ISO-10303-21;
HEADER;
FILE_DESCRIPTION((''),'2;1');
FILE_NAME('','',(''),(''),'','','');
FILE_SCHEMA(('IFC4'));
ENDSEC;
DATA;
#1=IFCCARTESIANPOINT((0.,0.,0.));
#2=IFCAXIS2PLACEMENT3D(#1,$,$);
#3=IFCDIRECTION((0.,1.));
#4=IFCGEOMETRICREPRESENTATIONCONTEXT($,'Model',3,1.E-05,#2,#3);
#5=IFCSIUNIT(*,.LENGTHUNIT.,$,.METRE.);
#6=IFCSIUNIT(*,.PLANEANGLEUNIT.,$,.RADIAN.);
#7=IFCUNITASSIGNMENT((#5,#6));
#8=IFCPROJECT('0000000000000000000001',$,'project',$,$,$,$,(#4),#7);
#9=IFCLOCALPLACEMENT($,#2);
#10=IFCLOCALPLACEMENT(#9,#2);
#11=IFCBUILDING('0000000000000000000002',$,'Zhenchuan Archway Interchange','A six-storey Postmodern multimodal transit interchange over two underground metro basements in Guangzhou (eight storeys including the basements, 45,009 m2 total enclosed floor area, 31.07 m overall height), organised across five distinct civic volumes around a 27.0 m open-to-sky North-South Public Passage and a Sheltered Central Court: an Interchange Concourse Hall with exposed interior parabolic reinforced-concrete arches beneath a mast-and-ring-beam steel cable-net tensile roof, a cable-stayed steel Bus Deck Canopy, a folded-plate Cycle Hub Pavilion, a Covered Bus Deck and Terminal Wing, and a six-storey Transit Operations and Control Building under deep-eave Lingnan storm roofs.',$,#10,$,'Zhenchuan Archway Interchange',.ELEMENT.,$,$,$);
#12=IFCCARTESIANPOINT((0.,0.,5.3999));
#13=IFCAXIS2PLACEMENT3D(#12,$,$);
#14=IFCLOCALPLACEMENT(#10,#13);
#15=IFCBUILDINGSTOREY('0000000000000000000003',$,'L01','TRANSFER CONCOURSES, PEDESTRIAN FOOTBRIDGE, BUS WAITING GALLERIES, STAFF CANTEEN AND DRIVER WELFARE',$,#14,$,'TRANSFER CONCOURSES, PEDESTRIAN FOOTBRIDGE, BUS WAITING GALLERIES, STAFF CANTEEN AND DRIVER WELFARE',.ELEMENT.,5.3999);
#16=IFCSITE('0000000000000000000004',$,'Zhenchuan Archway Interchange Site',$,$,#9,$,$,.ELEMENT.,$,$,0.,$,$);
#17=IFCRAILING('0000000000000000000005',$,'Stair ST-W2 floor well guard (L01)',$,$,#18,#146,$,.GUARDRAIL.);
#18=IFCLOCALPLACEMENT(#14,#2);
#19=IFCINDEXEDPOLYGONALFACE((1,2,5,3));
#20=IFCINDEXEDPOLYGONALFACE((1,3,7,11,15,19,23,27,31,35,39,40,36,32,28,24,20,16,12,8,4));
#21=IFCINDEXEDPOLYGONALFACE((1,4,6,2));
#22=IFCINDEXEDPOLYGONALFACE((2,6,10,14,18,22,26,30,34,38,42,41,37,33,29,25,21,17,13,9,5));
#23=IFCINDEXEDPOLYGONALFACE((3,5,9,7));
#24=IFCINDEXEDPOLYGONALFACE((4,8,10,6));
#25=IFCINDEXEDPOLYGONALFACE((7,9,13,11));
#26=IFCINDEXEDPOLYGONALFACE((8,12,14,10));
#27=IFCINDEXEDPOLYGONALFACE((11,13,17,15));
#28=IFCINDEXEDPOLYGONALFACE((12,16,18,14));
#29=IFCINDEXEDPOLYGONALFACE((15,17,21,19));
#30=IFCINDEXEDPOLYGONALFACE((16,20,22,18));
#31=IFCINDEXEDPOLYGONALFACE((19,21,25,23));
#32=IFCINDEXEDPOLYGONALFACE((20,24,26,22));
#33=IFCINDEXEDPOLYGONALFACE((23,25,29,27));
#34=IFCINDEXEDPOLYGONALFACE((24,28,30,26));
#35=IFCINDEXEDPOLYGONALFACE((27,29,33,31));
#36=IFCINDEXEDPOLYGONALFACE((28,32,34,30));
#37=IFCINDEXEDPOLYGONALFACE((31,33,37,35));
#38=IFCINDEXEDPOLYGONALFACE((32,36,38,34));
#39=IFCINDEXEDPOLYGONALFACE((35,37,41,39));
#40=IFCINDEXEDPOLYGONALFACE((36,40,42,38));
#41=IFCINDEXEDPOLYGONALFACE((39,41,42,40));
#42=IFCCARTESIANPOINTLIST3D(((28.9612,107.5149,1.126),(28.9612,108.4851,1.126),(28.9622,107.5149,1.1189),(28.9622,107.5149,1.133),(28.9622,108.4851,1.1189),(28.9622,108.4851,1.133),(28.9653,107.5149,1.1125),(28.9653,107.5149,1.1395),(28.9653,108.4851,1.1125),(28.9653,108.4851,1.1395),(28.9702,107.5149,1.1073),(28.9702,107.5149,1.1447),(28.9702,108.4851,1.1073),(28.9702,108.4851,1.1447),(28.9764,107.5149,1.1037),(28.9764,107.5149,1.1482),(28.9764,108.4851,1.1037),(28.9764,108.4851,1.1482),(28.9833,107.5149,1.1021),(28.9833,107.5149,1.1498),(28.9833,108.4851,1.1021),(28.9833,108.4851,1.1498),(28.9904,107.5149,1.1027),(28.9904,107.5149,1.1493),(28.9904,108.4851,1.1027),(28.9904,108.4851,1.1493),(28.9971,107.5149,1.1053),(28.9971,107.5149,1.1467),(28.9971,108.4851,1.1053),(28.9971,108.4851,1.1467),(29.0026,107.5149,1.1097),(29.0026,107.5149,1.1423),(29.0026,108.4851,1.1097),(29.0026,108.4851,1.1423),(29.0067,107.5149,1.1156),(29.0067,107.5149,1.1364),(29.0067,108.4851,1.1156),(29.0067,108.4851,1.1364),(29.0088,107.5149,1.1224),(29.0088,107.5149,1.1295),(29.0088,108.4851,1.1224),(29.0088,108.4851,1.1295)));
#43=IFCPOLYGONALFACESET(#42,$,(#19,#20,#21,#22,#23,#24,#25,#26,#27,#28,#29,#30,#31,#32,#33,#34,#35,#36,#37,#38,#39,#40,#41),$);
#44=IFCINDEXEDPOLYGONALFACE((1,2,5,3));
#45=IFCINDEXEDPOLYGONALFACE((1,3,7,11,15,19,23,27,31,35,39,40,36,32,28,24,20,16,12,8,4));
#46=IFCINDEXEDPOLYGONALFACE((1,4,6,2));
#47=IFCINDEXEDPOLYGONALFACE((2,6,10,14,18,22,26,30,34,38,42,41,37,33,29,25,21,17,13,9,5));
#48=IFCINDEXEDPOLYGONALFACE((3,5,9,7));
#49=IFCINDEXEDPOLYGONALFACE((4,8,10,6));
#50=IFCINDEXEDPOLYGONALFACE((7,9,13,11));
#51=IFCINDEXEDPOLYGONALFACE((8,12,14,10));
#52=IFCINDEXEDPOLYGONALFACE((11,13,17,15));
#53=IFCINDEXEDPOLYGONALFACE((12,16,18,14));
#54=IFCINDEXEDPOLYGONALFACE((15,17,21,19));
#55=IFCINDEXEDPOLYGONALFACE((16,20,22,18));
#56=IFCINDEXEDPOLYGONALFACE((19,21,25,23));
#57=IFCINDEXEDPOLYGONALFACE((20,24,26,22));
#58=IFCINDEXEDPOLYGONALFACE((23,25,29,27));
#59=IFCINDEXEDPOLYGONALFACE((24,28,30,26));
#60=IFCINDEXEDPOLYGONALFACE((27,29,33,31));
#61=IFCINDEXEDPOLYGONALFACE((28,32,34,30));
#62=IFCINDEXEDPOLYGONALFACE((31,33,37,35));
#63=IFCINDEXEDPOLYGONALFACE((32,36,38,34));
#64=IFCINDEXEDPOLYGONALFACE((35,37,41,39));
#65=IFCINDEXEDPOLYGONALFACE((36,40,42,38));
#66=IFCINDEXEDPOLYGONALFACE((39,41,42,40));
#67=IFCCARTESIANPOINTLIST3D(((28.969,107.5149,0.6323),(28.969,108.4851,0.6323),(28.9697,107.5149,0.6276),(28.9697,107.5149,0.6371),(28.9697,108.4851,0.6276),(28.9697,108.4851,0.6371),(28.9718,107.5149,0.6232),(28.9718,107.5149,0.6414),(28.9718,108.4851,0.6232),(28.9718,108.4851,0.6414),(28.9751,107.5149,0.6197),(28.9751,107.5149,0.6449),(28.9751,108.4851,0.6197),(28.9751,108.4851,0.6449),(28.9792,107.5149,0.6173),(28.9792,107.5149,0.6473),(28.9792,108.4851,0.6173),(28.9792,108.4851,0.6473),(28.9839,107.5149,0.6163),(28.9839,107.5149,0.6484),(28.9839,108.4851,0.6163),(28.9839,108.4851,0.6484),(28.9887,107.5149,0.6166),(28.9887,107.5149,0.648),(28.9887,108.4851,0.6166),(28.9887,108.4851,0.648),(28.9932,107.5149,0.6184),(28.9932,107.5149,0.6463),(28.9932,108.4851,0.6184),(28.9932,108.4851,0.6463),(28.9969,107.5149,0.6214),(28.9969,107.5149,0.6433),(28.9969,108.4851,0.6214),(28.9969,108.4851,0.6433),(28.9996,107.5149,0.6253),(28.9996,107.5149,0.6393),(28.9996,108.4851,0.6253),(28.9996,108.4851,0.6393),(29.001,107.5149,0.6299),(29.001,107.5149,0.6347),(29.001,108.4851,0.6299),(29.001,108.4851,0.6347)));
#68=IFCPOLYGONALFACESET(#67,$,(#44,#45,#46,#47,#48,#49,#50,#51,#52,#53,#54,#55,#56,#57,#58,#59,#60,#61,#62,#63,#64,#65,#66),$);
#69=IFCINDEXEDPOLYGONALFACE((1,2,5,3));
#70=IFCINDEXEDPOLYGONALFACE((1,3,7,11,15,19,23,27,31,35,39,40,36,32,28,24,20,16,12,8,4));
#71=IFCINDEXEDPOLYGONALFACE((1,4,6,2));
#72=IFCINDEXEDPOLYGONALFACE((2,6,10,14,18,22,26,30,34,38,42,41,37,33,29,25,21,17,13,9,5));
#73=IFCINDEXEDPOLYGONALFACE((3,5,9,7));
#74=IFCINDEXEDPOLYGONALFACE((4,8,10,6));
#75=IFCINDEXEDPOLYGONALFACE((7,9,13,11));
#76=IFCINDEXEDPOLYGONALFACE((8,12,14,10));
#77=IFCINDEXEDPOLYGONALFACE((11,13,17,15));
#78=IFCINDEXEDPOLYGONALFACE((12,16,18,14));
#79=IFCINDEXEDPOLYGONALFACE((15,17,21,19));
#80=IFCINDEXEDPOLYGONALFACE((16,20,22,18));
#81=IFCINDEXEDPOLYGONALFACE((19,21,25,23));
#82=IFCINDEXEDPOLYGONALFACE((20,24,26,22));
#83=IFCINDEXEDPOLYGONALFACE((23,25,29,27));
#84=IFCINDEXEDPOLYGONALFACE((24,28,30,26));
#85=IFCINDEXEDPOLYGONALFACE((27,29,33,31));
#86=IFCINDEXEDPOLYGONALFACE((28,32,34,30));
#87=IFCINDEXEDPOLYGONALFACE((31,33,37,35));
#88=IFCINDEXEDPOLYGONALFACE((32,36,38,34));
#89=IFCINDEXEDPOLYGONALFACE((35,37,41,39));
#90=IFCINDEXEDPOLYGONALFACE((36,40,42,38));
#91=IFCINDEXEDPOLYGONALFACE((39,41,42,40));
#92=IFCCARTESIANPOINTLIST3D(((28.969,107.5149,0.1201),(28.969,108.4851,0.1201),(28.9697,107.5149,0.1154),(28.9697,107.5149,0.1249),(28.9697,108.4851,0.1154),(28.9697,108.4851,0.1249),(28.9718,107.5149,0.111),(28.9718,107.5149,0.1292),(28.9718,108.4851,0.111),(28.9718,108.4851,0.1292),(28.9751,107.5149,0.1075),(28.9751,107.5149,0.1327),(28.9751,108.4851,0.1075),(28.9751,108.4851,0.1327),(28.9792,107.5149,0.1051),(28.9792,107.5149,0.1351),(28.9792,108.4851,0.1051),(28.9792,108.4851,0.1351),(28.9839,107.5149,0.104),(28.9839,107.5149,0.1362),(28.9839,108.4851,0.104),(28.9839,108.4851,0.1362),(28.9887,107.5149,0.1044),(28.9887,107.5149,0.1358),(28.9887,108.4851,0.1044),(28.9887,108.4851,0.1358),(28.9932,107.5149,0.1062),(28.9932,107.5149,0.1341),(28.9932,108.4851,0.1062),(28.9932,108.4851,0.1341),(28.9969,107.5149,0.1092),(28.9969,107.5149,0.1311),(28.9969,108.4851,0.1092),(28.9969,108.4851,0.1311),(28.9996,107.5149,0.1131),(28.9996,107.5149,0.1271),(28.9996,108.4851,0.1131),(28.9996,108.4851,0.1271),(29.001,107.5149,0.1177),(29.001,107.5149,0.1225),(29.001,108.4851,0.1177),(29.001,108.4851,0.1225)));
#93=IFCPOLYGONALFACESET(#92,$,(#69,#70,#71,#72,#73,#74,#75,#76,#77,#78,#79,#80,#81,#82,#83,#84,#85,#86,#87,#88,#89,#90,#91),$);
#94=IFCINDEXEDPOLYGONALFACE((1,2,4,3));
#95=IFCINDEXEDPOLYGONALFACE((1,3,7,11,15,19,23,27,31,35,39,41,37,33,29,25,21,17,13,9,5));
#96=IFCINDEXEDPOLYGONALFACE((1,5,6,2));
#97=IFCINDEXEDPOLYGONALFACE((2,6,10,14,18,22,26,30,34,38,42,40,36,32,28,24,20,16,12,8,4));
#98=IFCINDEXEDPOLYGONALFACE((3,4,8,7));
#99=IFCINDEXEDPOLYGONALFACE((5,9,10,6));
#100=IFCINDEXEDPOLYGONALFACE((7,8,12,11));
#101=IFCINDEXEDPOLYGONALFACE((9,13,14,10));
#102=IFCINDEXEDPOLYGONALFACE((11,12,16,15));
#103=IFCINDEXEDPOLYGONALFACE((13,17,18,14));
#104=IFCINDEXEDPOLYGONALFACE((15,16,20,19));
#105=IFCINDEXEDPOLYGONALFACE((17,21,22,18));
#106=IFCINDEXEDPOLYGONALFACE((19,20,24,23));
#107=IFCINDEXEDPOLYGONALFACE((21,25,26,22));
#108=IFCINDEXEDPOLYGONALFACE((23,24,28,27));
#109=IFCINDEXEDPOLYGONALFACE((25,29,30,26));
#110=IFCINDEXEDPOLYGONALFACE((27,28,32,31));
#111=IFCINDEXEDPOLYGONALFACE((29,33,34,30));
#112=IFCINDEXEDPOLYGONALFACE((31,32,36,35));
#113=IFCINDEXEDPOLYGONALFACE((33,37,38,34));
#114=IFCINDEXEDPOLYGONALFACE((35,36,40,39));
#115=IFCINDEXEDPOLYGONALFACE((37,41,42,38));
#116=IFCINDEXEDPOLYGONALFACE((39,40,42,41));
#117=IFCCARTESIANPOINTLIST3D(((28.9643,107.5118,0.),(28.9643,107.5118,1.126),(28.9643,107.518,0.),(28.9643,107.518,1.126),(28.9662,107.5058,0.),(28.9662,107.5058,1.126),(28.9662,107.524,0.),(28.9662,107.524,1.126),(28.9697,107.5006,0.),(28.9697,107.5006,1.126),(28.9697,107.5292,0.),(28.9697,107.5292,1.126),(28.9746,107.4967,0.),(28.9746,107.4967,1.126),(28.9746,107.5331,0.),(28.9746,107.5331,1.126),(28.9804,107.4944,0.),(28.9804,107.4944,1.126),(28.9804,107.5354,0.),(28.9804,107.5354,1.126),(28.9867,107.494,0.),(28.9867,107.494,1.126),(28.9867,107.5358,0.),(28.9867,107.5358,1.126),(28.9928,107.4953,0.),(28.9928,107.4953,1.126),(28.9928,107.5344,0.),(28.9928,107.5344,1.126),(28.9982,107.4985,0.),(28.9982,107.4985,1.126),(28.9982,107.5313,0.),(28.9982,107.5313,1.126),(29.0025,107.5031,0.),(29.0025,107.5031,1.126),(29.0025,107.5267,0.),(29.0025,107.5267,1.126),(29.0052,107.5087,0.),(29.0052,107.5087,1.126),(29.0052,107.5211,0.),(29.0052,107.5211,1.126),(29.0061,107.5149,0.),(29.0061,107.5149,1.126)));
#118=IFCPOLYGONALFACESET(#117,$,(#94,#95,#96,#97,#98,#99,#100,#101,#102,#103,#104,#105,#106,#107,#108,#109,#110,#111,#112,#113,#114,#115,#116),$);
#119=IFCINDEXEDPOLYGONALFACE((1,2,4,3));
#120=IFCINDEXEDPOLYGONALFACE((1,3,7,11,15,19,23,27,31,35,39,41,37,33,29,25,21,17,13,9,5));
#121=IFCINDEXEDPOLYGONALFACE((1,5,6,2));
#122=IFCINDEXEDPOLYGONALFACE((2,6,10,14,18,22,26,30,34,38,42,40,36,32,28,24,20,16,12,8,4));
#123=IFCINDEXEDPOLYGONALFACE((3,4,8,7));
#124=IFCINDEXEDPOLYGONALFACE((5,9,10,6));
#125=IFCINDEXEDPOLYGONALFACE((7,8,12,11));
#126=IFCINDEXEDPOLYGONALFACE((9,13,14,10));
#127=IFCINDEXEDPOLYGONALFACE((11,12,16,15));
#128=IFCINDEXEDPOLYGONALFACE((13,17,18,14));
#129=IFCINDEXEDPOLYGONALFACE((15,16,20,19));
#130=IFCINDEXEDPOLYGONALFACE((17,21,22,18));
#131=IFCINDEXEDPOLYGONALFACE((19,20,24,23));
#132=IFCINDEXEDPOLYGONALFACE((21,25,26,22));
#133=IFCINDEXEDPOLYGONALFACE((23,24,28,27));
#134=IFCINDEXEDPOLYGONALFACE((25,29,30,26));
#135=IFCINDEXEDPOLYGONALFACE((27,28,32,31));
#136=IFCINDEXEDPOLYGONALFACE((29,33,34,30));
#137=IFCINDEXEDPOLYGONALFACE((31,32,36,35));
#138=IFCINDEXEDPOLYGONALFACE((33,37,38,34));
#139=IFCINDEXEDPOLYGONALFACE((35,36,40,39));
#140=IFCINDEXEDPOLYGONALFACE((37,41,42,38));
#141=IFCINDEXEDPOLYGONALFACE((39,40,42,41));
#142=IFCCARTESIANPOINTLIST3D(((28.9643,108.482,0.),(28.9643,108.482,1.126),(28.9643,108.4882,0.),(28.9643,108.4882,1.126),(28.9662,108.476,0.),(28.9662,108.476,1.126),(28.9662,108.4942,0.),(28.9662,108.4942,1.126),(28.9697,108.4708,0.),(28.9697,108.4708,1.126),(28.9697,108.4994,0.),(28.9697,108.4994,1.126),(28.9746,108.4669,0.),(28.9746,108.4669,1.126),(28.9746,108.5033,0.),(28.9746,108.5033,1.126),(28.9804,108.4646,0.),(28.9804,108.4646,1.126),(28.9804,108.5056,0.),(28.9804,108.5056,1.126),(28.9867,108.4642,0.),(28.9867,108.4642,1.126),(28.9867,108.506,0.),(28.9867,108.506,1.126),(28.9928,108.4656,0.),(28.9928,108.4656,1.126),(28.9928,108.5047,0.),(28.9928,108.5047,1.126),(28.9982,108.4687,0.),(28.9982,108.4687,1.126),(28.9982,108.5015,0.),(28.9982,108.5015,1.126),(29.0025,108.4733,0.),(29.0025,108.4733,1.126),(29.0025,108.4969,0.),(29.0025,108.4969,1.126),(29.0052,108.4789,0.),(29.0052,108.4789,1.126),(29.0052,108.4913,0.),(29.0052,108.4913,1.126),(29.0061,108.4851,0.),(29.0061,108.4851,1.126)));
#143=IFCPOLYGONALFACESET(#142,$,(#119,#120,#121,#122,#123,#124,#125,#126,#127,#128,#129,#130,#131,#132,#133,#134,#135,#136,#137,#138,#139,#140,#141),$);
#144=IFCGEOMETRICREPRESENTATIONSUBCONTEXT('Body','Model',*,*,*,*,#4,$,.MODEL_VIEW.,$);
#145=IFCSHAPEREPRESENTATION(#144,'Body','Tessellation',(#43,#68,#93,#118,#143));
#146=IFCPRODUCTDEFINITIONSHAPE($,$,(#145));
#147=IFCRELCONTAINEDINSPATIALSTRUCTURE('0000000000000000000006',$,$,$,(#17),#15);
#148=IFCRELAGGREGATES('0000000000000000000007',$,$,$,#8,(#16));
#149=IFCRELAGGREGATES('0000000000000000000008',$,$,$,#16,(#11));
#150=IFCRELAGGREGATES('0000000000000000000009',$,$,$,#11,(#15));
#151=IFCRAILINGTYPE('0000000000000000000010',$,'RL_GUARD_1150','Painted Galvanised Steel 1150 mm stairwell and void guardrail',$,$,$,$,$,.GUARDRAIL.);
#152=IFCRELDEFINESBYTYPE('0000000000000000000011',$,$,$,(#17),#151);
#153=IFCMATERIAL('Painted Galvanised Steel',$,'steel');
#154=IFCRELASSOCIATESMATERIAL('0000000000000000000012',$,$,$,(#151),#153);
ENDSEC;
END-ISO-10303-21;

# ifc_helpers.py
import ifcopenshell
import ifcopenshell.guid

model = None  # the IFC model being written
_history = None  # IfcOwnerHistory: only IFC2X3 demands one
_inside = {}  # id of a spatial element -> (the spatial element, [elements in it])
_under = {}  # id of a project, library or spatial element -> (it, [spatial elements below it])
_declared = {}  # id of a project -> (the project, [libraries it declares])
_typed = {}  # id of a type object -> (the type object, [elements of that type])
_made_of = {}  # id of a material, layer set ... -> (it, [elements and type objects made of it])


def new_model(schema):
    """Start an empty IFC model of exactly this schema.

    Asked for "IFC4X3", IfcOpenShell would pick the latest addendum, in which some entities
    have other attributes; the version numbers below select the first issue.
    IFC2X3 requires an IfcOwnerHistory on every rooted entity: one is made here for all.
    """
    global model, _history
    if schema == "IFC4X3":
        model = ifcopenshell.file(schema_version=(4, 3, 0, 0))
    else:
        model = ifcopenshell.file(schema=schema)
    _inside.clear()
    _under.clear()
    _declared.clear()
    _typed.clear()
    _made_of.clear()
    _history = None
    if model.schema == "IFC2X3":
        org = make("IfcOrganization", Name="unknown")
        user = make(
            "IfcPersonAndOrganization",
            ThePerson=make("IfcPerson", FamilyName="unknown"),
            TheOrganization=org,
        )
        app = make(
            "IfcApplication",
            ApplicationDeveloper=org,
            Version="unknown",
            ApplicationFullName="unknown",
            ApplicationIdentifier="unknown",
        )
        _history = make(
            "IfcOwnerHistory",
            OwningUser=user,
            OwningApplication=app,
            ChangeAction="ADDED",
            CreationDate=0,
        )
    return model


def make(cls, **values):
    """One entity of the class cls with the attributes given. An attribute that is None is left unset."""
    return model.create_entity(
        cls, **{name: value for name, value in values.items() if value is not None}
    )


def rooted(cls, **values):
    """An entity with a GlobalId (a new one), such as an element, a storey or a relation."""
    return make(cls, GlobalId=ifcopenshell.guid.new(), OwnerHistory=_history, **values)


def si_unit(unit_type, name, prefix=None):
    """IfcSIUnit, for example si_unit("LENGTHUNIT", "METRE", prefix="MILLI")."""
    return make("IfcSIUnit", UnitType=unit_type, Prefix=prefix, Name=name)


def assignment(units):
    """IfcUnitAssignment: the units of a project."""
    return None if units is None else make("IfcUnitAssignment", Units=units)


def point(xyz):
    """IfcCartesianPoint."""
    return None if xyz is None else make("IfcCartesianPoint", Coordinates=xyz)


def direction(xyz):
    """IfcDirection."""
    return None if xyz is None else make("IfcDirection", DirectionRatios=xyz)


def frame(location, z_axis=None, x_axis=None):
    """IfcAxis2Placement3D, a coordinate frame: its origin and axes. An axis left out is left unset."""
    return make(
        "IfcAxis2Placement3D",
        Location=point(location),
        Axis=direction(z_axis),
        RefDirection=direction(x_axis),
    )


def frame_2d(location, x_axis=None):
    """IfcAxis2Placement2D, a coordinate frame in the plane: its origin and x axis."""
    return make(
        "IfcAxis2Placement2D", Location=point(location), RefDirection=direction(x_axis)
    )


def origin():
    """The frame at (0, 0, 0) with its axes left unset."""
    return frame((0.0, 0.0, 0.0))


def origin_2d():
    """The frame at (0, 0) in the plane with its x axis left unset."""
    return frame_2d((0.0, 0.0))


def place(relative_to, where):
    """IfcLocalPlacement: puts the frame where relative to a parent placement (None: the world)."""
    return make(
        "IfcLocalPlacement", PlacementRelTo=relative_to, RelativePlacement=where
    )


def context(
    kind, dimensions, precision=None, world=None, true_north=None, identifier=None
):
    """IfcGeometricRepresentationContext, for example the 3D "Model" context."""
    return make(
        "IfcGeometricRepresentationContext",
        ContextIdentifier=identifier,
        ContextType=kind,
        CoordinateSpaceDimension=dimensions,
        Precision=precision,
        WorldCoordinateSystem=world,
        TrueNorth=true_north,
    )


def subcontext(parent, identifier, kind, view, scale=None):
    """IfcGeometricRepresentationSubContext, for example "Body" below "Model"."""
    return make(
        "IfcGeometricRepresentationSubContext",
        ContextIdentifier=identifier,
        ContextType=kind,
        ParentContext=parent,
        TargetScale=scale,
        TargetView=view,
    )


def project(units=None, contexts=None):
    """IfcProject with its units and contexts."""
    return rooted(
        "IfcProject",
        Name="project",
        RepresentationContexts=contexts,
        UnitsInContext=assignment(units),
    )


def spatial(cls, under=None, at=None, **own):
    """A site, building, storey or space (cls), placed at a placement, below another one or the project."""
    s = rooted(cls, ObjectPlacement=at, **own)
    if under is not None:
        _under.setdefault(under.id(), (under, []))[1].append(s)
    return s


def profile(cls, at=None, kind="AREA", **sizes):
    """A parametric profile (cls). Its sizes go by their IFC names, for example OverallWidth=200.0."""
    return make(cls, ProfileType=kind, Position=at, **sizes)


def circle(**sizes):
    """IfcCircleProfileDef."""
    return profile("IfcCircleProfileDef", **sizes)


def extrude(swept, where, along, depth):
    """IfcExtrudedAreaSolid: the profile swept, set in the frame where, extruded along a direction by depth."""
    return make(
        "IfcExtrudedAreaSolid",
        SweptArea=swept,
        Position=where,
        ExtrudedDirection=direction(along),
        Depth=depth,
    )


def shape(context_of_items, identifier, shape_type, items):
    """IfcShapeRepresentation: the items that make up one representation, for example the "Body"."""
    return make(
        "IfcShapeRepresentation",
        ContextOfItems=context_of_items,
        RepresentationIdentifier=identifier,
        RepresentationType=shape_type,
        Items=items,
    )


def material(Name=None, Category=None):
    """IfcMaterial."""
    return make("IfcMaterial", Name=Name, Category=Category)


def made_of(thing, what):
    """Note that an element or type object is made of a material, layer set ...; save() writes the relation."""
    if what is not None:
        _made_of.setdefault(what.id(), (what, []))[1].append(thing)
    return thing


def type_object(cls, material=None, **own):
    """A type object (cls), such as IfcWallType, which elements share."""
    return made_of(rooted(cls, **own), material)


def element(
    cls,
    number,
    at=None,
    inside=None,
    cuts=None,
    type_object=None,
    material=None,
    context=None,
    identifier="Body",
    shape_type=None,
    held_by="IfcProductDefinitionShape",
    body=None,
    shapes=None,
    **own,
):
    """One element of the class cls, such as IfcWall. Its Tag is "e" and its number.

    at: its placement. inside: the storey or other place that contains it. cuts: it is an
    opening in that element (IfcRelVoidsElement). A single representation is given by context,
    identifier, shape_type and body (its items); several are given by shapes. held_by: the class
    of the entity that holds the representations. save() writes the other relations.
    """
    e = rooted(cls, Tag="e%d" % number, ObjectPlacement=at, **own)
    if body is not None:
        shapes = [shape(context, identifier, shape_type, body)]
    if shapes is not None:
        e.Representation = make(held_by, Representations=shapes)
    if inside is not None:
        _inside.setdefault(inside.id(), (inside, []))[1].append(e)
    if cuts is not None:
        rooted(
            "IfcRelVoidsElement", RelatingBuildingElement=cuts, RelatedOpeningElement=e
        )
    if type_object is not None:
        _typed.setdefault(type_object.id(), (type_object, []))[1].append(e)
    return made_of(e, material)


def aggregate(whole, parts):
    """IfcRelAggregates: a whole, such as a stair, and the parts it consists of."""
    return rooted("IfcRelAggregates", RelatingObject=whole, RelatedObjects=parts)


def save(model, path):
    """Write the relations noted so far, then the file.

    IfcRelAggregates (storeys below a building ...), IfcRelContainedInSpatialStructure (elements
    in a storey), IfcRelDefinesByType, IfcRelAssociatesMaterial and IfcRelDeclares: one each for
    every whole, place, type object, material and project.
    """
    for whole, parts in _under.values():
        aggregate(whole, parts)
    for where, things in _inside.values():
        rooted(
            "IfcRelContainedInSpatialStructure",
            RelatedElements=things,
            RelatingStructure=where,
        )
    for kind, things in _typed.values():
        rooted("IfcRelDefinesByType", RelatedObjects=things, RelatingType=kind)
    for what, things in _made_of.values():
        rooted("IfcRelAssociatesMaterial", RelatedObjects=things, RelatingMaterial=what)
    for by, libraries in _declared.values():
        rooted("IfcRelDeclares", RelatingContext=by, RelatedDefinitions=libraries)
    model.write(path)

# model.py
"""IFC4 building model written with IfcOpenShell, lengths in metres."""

from ifc_helpers import new_model, si_unit, direction, frame, origin, origin_2d, place, context, subcontext, project, spatial, circle, extrude, material, type_object, element, save


model = new_model("IFC4")

# Units and contexts
model_context = context("Model", 3, precision=1e-05, world=origin(), true_north=direction((0.0, 1.0)))
body_context = subcontext(model_context, "Body", "Model", "MODEL_VIEW")
ifc_project = project(units=[si_unit("LENGTHUNIT", "METRE"), si_unit("PLANEANGLEUNIT", "RADIAN")], contexts=[model_context])

# Site, building, storey
site_placement = place(None, origin())
site = spatial("IfcSite", under=ifc_project, at=site_placement, Name="Zhenchuan Archway Interchange Site", CompositionType="ELEMENT", RefElevation=0.0)
building_placement = place(site_placement, origin())
building = spatial("IfcBuilding", under=site, at=building_placement, Name="Zhenchuan Archway Interchange", Description="A six-storey Postmodern multimodal transit interchange over two underground metro basements in Guangzhou (eight storeys including the basements, 45,009 m2 total enclosed floor area, 31.07 m overall height), organised across five distinct civic volumes around a 27.0 m open-to-sky North-South Public Passage and a Sheltered Central Court: an Interchange Concourse Hall with exposed interior parabolic reinforced-concrete arches beneath a mast-and-ring-beam steel cable-net tensile roof, a cable-stayed steel Bus Deck Canopy, a folded-plate Cycle Hub Pavilion, a Covered Bus Deck and Terminal Wing, and a six-storey Transit Operations and Control Building under deep-eave Lingnan storm roofs.", LongName="Zhenchuan Archway Interchange", CompositionType="ELEMENT")
storey_placement = place(building_placement, frame((0.0, 0.0, 5.3999)))
storey = spatial("IfcBuildingStorey", under=building, at=storey_placement, Name="L01", Description="TRANSFER CONCOURSES, PEDESTRIAN FOOTBRIDGE, BUS WAITING GALLERIES, STAFF CANTEEN AND DRIVER WELFARE", LongName="TRANSFER CONCOURSES, PEDESTRIAN FOOTBRIDGE, BUS WAITING GALLERIES, STAFF CANTEEN AND DRIVER WELFARE", CompositionType="ELEMENT", Elevation=5.3999)

# Shared definitions
ifc_material_1 = material(Name="Painted Galvanised Steel", Category="steel")

# Railing
railing_type_1 = type_object("IfcRailingType", Name="RL_GUARD_1150", Description="Painted Galvanised Steel 1150 mm stairwell and void guardrail", PredefinedType="GUARDRAIL", material=ifc_material_1)
for number, where, name in (
    (1, (28.9851, 107.5149, 0.0), "Stair ST-W2 floor well guard (L01)"),
):
    element("IfcRailing", number, at=place(storey_placement, frame(where)), inside=storey, type_object=railing_type_1, Name=name, PredefinedType="GUARDRAIL", context=body_context, shape_type="SweptSolid", body=[
        extrude(circle(Radius=0.0239, at=origin_2d()), frame((0.0, 0.0, 1.126), z_axis=(0.0, 1.0, 0.0), x_axis=(-1.0, 0.0, 0.0)), (0.0, 0.0, 1.0), 0.9702),
        extrude(circle(Radius=0.0161, at=origin_2d()), frame((0.0, 0.0, 0.6323), z_axis=(0.0, 1.0, 0.0), x_axis=(-1.0, 0.0, 0.0)), (0.0, 0.0, 1.0), 0.9702),
        extrude(circle(Radius=0.0161, at=origin_2d()), frame((0.0, 0.0, 0.1201), z_axis=(0.0, 1.0, 0.0), x_axis=(-1.0, 0.0, 0.0)), (0.0, 0.0, 1.0), 0.9702),
        extrude(circle(Radius=0.021, at=origin_2d()), origin(), (0.0, 0.0, 1.0), 1.126),
        extrude(circle(Radius=0.021, at=origin_2d()), frame((0.0, 0.9702, 0.0)), (0.0, 0.0, 1.0), 1.126),
    ])

save(model, "model.ifc")
